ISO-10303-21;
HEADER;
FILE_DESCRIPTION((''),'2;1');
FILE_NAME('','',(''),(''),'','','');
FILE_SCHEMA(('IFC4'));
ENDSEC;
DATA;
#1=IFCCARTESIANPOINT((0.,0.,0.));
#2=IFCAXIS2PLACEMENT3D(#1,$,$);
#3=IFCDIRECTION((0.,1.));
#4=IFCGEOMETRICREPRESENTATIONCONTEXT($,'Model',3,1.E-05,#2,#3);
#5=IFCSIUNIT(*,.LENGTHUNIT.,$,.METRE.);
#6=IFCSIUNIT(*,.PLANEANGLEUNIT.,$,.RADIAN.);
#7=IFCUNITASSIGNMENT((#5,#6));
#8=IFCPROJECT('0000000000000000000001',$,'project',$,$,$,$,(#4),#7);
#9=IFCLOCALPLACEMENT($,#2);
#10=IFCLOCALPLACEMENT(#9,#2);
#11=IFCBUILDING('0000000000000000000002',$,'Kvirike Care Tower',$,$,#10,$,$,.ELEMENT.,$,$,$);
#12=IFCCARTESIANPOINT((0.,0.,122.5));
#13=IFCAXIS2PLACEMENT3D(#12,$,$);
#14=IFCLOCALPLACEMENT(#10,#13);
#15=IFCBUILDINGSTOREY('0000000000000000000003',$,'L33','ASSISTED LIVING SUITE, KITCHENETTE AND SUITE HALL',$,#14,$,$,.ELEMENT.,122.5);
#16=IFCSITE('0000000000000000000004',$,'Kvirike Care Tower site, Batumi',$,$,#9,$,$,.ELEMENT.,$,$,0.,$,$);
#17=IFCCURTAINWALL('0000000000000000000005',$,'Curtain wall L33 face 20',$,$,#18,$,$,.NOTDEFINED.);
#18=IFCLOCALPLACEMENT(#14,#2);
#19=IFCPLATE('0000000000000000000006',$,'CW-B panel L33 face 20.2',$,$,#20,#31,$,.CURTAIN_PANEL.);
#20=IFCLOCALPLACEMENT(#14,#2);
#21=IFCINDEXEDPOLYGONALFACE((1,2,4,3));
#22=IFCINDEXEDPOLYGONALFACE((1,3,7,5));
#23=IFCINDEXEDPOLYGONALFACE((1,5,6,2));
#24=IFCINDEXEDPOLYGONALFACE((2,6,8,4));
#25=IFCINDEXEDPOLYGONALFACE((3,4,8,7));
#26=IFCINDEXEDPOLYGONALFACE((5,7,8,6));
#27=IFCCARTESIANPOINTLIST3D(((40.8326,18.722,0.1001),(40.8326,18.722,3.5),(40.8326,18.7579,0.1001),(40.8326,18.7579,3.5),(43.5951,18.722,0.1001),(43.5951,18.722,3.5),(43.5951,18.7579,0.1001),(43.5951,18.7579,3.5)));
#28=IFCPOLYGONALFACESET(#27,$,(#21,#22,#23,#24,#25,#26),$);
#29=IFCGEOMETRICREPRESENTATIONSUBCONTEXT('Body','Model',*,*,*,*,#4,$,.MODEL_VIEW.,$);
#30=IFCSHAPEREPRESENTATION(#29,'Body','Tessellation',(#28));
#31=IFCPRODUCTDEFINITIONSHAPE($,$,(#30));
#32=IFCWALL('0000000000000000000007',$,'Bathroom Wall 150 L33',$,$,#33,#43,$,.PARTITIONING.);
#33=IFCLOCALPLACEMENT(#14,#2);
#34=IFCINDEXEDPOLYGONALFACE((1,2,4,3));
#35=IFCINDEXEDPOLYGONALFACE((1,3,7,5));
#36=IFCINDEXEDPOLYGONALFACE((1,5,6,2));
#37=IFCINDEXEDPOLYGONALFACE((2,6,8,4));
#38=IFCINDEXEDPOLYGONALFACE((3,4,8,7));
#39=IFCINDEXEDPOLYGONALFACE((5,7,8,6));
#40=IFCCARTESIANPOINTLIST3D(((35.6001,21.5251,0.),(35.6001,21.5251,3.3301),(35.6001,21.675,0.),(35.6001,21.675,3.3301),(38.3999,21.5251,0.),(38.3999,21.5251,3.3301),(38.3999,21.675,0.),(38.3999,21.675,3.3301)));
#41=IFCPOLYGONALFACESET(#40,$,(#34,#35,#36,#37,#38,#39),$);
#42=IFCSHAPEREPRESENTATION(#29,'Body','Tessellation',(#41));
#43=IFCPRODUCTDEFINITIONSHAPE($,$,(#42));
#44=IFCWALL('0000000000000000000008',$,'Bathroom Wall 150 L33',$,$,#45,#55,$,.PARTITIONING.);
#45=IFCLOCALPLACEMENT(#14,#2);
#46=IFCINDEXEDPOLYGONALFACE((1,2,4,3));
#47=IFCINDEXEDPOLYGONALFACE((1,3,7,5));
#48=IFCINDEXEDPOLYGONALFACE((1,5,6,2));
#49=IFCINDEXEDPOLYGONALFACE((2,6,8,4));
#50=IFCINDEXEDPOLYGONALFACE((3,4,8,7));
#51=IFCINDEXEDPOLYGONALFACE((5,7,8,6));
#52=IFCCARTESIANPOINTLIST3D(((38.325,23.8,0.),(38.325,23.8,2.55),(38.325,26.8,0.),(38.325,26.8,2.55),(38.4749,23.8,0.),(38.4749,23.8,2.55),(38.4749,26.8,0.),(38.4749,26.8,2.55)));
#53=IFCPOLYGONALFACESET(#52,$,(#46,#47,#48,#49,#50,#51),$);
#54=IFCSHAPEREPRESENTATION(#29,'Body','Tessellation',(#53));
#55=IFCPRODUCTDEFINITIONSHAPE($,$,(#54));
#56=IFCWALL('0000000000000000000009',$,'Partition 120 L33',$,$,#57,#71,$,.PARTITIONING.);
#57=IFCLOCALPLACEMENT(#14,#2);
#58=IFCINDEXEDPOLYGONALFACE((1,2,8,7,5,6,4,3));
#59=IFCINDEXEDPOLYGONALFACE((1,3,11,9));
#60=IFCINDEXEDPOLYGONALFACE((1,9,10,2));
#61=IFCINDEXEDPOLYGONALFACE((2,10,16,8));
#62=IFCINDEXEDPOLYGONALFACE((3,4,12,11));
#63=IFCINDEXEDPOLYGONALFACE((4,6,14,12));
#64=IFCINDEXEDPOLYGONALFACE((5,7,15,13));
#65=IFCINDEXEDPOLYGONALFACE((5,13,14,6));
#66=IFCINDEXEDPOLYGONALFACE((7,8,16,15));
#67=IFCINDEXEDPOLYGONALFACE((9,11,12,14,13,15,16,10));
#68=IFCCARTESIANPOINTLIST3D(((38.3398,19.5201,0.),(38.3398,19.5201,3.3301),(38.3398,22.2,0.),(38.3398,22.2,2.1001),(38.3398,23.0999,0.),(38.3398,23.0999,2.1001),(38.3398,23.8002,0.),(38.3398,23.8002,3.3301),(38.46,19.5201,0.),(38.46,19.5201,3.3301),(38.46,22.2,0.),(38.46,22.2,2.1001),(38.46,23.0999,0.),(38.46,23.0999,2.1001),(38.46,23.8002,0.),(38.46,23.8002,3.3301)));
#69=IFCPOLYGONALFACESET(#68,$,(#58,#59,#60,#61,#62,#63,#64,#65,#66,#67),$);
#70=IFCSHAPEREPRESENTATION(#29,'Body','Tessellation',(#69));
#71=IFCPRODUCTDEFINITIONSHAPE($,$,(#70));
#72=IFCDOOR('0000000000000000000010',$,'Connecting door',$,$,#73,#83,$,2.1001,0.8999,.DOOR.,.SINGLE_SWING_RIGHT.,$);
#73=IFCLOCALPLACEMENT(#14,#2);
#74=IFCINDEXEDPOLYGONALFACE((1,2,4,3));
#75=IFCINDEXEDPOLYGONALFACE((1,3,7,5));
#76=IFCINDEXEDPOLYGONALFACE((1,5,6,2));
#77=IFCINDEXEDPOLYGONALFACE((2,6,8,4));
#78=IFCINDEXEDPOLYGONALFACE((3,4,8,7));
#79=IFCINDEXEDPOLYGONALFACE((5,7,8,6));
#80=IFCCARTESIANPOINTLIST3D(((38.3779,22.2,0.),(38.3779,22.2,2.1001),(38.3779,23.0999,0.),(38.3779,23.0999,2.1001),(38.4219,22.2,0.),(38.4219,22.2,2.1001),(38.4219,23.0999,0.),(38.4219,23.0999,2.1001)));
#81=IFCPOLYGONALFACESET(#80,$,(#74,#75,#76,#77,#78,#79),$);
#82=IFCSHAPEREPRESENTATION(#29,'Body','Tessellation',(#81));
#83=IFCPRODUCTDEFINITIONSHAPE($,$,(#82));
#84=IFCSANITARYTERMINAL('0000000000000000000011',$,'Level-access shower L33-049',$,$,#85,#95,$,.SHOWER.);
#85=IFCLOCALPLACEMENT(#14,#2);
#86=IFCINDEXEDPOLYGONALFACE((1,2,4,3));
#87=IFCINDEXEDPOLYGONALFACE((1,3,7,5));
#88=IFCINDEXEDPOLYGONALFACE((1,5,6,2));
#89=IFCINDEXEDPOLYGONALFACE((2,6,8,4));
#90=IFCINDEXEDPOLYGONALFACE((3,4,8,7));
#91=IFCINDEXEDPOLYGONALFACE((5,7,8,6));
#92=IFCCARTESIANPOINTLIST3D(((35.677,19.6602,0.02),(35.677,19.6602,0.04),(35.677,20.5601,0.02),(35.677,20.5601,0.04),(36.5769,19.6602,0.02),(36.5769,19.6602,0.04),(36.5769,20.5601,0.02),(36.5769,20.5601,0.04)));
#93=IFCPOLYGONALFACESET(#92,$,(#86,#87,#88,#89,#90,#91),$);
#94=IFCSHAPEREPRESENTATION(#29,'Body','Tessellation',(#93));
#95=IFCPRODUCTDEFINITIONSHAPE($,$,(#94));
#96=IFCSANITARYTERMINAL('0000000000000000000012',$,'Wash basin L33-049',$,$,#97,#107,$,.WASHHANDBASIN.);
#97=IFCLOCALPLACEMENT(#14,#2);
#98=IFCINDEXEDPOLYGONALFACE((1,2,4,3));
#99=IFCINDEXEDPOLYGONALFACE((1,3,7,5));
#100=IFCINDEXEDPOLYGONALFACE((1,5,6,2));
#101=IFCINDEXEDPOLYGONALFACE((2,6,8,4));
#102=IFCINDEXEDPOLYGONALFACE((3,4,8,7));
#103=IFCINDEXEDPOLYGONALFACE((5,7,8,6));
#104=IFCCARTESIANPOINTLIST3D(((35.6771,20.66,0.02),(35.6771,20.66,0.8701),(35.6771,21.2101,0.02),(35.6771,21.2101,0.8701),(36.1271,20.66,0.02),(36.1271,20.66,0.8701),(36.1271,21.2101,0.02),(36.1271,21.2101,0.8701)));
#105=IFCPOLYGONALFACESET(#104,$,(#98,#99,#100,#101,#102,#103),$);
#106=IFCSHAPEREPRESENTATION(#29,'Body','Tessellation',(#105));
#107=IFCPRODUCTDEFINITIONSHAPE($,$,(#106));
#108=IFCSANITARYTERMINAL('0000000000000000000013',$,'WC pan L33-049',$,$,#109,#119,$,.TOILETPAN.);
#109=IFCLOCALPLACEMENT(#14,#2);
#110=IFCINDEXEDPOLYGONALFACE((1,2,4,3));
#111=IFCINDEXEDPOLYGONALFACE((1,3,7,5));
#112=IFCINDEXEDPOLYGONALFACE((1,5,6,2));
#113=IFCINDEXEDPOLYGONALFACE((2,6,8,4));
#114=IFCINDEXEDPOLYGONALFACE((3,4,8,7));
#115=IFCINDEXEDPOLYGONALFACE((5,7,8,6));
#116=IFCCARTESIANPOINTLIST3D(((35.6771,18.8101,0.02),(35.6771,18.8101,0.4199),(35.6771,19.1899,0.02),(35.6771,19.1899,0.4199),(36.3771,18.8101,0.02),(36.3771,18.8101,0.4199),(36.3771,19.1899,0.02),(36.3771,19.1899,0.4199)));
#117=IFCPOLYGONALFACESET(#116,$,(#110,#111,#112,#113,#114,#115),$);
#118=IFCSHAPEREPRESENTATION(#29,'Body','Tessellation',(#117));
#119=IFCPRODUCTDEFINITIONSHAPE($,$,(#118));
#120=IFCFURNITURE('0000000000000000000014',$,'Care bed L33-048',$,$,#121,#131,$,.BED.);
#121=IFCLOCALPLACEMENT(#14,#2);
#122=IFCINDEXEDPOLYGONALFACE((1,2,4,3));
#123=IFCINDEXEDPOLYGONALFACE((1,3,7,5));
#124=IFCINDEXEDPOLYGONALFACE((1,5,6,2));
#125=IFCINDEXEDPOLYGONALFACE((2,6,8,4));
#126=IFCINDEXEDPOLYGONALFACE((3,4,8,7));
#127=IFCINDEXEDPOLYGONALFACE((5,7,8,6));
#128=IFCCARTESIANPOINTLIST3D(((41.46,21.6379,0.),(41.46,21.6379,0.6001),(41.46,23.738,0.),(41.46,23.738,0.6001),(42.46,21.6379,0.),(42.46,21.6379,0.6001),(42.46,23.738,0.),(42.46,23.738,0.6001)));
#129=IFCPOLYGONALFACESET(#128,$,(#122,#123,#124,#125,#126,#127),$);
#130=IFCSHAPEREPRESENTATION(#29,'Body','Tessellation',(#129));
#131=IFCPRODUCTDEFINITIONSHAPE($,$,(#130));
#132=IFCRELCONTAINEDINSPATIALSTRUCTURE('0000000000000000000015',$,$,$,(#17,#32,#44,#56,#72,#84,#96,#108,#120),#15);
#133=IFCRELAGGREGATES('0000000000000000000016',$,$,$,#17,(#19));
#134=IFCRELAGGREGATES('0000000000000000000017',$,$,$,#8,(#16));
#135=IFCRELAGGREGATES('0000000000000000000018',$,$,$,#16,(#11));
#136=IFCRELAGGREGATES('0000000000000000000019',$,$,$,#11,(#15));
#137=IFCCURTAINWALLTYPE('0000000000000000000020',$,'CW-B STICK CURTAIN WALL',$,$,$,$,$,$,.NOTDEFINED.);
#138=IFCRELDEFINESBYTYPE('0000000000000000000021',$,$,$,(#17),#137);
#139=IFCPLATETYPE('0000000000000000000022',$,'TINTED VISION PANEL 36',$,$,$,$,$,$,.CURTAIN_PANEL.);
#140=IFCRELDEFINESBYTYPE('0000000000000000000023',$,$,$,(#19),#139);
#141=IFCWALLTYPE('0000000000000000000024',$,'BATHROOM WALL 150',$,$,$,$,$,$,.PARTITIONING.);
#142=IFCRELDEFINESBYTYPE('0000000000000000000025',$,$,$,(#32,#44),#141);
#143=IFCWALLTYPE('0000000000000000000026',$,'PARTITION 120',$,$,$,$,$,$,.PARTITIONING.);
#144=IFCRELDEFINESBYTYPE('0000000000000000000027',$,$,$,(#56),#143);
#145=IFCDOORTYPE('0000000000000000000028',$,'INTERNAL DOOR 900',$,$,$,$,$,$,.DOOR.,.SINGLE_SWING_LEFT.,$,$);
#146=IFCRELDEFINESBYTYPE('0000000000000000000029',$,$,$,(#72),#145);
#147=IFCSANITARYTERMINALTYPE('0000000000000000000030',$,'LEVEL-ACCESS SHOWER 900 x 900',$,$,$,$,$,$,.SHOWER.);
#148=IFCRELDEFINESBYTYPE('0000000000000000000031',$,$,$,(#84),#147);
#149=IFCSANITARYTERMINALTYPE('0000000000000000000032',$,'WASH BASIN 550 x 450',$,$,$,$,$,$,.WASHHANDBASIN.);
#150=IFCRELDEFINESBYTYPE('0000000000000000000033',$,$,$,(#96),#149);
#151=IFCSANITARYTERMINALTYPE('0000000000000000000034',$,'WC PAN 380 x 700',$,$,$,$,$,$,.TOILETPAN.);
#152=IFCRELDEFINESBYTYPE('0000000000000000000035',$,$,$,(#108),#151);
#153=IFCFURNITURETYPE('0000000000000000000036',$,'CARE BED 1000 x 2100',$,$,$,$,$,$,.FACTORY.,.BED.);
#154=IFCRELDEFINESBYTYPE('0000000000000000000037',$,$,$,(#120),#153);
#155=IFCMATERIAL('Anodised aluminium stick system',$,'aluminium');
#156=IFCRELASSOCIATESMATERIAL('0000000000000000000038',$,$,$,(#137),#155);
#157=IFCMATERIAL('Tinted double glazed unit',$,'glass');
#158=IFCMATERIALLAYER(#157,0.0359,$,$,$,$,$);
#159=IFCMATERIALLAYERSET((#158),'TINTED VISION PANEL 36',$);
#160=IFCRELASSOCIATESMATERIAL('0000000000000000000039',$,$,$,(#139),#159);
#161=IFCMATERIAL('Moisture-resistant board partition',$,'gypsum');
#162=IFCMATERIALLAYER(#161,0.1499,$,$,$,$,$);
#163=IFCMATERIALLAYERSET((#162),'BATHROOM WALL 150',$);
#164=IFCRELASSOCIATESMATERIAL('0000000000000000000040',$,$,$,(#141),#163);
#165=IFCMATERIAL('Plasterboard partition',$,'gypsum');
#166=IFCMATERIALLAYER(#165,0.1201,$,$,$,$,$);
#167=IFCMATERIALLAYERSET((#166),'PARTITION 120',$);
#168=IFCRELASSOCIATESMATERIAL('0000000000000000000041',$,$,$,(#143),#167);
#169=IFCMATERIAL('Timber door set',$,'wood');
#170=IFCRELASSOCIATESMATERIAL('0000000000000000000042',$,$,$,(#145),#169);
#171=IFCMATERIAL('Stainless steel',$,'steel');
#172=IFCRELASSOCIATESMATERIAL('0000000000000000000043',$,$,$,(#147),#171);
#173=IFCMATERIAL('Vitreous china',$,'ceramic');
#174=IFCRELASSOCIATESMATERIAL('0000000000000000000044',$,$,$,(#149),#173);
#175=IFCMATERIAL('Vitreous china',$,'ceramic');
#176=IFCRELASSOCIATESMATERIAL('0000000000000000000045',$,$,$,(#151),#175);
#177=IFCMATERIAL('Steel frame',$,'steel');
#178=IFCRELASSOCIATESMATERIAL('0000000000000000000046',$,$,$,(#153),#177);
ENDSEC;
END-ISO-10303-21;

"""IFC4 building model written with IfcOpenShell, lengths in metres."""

from ifc_helpers import new_model, si_unit, direction, frame, frame_2d, origin, origin_2d, place, context, subcontext, project, spatial, rectangle, extrude, material, layer, layer_set, type_object, element, fill, aggregate, save


model = new_model("IFC4")

# Units and contexts
model_context = context("Model", 3, precision=1e-05, world=origin(), true_north=direction((0.0, 1.0)))
body_context = subcontext(model_context, "Body", "Model", "MODEL_VIEW")
ifc_project = project(units=[si_unit("LENGTHUNIT", "METRE"), si_unit("PLANEANGLEUNIT", "RADIAN")], contexts=[model_context])

# Site, building, storey
site_placement = place(None, origin())
site = spatial("IfcSite", under=ifc_project, at=site_placement, Name="Kvirike Care Tower site, Batumi", CompositionType="ELEMENT", RefElevation=0.0)
building_placement = place(site_placement, origin())
building = spatial("IfcBuilding", under=site, at=building_placement, Name="Kvirike Care Tower", CompositionType="ELEMENT")
storey_placement = place(building_placement, frame((0.0, 0.0, 122.5)))
storey = spatial("IfcBuildingStorey", under=building, at=storey_placement, Name="L33", Description="ASSISTED LIVING SUITE, KITCHENETTE AND SUITE HALL", CompositionType="ELEMENT", Elevation=122.5)

# Shared definitions
ifc_material_1 = material(Name="Anodised aluminium stick system", Category="aluminium")
curtain_wall_type = type_object("IfcCurtainWallType", Name="CW-B STICK CURTAIN WALL", PredefinedType="NOTDEFINED", material=ifc_material_1)

# Curtain wall
curtain_wall_1_placement = place(storey_placement, origin())
curtain_wall_1 = element("IfcCurtainWall", 1, at=curtain_wall_1_placement, inside=storey, type_object=curtain_wall_type, Name="Curtain wall L33 face 20", PredefinedType="NOTDEFINED")

# Plate
ifc_material_2 = material(Name="Tinted double glazed unit", Category="glass")
ifc_layer_1 = layer(ifc_material_2, 0.0359)
ifc_layer_set_1 = layer_set([ifc_layer_1], Name="TINTED VISION PANEL 36")
plate_type = type_object("IfcPlateType", Name="TINTED VISION PANEL 36", PredefinedType="CURTAIN_PANEL", material=ifc_layer_set_1)
plate_1_placement = place(storey_placement, frame((42.2139, 18.74, 0.1001), z_axis=(0.0, 0.0, 1.0), x_axis=(1.0, 0.0, 0.0)))
plate_1 = element("IfcPlate", 2, at=plate_1_placement, type_object=plate_type, Name="CW-B panel L33 face 20.2", PredefinedType="CURTAIN_PANEL", context=body_context, shape_type="SweptSolid", body=[
    extrude(rectangle(XDim=2.7625, YDim=0.0359, at=origin_2d()), origin(), (0.0, 0.0, 1.0), 3.3999),
])
aggregate(curtain_wall_1, [plate_1])

# Walls
ifc_material_3 = material(Name="Moisture-resistant board partition", Category="gypsum")
ifc_layer_2 = layer(ifc_material_3, 0.1499)
ifc_layer_set_2 = layer_set([ifc_layer_2], Name="BATHROOM WALL 150")
wall_type_1 = type_object("IfcWallType", Name="BATHROOM WALL 150", PredefinedType="PARTITIONING", material=ifc_layer_set_2)
wall_1_placement = place(storey_placement, frame((35.6001, 21.6001, 0.0), z_axis=(0.0, 0.0, 1.0), x_axis=(1.0, 0.0, 0.0)))
element("IfcWall", 3, at=wall_1_placement, inside=storey, type_object=wall_type_1, Name="Bathroom Wall 150 L33", PredefinedType="PARTITIONING", context=body_context, shape_type="SweptSolid", body=[
    extrude(rectangle(XDim=2.7998, YDim=0.1499, at=frame_2d((1.3999, 0.0))), origin(), (0.0, 0.0, 1.0), 3.3301),
])
wall_2_placement = place(storey_placement, frame((38.3999, 23.8, 0.0), z_axis=(0.0, 0.0, 1.0), x_axis=(0.0, 1.0, 0.0)))
element("IfcWall", 4, at=wall_2_placement, inside=storey, type_object=wall_type_1, Name="Bathroom Wall 150 L33", PredefinedType="PARTITIONING", context=body_context, shape_type="SweptSolid", body=[
    extrude(rectangle(XDim=3.0, YDim=0.1499, at=frame_2d((1.5, 0.0))), origin(), (0.0, 0.0, 1.0), 2.55),
])

# Wall, opening, door
ifc_material_4 = material(Name="Plasterboard partition", Category="gypsum")
ifc_layer_3 = layer(ifc_material_4, 0.1201)
ifc_layer_set_3 = layer_set([ifc_layer_3], Name="PARTITION 120")
wall_type_2 = type_object("IfcWallType", Name="PARTITION 120", PredefinedType="PARTITIONING", material=ifc_layer_set_3)
wall_3_placement = place(storey_placement, frame((38.3999, 19.52, 0.0), z_axis=(0.0, 0.0, 1.0), x_axis=(0.0, 1.0, 0.0)))
wall_3 = element("IfcWall", 5, at=wall_3_placement, inside=storey, type_object=wall_type_2, Name="Partition 120 L33", PredefinedType="PARTITIONING", context=body_context, shape_type="SweptSolid", body=[
    extrude(rectangle(XDim=4.28, YDim=0.1201, at=frame_2d((2.1401, 0.0))), origin(), (0.0, 0.0, 1.0), 3.3301),
])
opening_placement = place(wall_3_placement, frame((2.6799, 0.0, 0.0)))
opening = element("IfcOpeningElement", 6, at=opening_placement, cuts=wall_3, PredefinedType="OPENING", context=body_context, shape_type="SweptSolid", body=[
    extrude(rectangle(XDim=0.8999, YDim=2.1001, at=frame_2d((0.45, 1.05))), frame((0.0, 0.0706, 0.0), z_axis=(0.0, -1.0, 0.0), x_axis=(1.0, 0.0, 0.0)), (0.0, 0.0, 1.0), 0.1411),
])
ifc_material_5 = material(Name="Timber door set", Category="wood")
door_type = type_object("IfcDoorType", Name="INTERNAL DOOR 900", OperationType="SINGLE_SWING_LEFT", PredefinedType="DOOR", material=ifc_material_5)
door_placement = place(opening_placement, frame((0.8999, 0.0, 0.0), z_axis=(0.0, 0.0, 1.0), x_axis=(-1.0, 0.0, 0.0)))
door = element("IfcDoor", 7, at=door_placement, inside=storey, type_object=door_type, Name="Connecting door", OperationType="SINGLE_SWING_RIGHT", OverallHeight=2.1001, OverallWidth=0.8999, PredefinedType="DOOR", context=body_context, shape_type="SweptSolid", body=[
    extrude(rectangle(XDim=0.8999, YDim=2.1001, at=frame_2d((0.45, 1.05))), frame((0.0, 0.022, 0.0), z_axis=(0.0, -1.0, 0.0), x_axis=(1.0, 0.0, 0.0)), (0.0, 0.0, 1.0), 0.0439),
])
fill(opening, door)

# Sanitary terminals
ifc_material_6 = material(Name="Stainless steel", Category="steel")
sanitary_terminal_type_1 = type_object("IfcSanitaryTerminalType", Name="LEVEL-ACCESS SHOWER 900 x 900", PredefinedType="SHOWER", material=ifc_material_6)
sanitary_terminal_1_placement = place(storey_placement, frame((36.127, 20.1101, 0.02), z_axis=(0.0, 0.0, 1.0), x_axis=(0.0, 1.0, 0.0)))
element("IfcSanitaryTerminal", 8, at=sanitary_terminal_1_placement, inside=storey, type_object=sanitary_terminal_type_1, Name="Level-access shower L33-049", PredefinedType="SHOWER", context=body_context, shape_type="SweptSolid", body=[
    extrude(rectangle(XDim=0.8999, YDim=0.8999, at=origin_2d()), origin(), (0.0, 0.0, 1.0), 0.02),
])
ifc_material_7 = material(Name="Vitreous china", Category="ceramic")
sanitary_terminal_type_2 = type_object("IfcSanitaryTerminalType", Name="WASH BASIN 550 x 450", PredefinedType="WASHHANDBASIN", material=ifc_material_7)
sanitary_terminal_2_placement = place(storey_placement, frame((35.9021, 20.9351, 0.02), z_axis=(0.0, 0.0, 1.0), x_axis=(0.0, 1.0, 0.0)))
element("IfcSanitaryTerminal", 9, at=sanitary_terminal_2_placement, inside=storey, type_object=sanitary_terminal_type_2, Name="Wash basin L33-049", PredefinedType="WASHHANDBASIN", context=body_context, shape_type="SweptSolid", body=[
    extrude(rectangle(XDim=0.55, YDim=0.45, at=origin_2d()), origin(), (0.0, 0.0, 1.0), 0.8501),
])
ifc_material_8 = material(Name="Vitreous china", Category="ceramic")
sanitary_terminal_type_3 = type_object("IfcSanitaryTerminalType", Name="WC PAN 380 x 700", PredefinedType="TOILETPAN", material=ifc_material_8)
sanitary_terminal_3_placement = place(storey_placement, frame((36.0271, 19.0, 0.02), z_axis=(0.0, 0.0, 1.0), x_axis=(0.0, 1.0, 0.0)))
element("IfcSanitaryTerminal", 10, at=sanitary_terminal_3_placement, inside=storey, type_object=sanitary_terminal_type_3, Name="WC pan L33-049", PredefinedType="TOILETPAN", context=body_context, shape_type="SweptSolid", body=[
    extrude(rectangle(XDim=0.3799, YDim=0.7, at=origin_2d()), origin(), (0.0, 0.0, 1.0), 0.3999),
])

# Furniture
ifc_material_9 = material(Name="Steel frame", Category="steel")
furniture_type = type_object("IfcFurnitureType", Name="CARE BED 1000 x 2100", AssemblyPlace="FACTORY", PredefinedType="BED", material=ifc_material_9)
furniture_placement = place(storey_placement, frame((41.96, 22.688, 0.0), z_axis=(0.0, 0.0, 1.0), x_axis=(1.0, 0.0, 0.0)))
element("IfcFurniture", 11, at=furniture_placement, inside=storey, type_object=furniture_type, Name="Care bed L33-048", PredefinedType="BED", context=body_context, shape_type="SweptSolid", body=[
    extrude(rectangle(XDim=1.0, YDim=2.1001, at=origin_2d()), origin(), (0.0, 0.0, 1.0), 0.6001),
])

save(model, "model.ifc")
